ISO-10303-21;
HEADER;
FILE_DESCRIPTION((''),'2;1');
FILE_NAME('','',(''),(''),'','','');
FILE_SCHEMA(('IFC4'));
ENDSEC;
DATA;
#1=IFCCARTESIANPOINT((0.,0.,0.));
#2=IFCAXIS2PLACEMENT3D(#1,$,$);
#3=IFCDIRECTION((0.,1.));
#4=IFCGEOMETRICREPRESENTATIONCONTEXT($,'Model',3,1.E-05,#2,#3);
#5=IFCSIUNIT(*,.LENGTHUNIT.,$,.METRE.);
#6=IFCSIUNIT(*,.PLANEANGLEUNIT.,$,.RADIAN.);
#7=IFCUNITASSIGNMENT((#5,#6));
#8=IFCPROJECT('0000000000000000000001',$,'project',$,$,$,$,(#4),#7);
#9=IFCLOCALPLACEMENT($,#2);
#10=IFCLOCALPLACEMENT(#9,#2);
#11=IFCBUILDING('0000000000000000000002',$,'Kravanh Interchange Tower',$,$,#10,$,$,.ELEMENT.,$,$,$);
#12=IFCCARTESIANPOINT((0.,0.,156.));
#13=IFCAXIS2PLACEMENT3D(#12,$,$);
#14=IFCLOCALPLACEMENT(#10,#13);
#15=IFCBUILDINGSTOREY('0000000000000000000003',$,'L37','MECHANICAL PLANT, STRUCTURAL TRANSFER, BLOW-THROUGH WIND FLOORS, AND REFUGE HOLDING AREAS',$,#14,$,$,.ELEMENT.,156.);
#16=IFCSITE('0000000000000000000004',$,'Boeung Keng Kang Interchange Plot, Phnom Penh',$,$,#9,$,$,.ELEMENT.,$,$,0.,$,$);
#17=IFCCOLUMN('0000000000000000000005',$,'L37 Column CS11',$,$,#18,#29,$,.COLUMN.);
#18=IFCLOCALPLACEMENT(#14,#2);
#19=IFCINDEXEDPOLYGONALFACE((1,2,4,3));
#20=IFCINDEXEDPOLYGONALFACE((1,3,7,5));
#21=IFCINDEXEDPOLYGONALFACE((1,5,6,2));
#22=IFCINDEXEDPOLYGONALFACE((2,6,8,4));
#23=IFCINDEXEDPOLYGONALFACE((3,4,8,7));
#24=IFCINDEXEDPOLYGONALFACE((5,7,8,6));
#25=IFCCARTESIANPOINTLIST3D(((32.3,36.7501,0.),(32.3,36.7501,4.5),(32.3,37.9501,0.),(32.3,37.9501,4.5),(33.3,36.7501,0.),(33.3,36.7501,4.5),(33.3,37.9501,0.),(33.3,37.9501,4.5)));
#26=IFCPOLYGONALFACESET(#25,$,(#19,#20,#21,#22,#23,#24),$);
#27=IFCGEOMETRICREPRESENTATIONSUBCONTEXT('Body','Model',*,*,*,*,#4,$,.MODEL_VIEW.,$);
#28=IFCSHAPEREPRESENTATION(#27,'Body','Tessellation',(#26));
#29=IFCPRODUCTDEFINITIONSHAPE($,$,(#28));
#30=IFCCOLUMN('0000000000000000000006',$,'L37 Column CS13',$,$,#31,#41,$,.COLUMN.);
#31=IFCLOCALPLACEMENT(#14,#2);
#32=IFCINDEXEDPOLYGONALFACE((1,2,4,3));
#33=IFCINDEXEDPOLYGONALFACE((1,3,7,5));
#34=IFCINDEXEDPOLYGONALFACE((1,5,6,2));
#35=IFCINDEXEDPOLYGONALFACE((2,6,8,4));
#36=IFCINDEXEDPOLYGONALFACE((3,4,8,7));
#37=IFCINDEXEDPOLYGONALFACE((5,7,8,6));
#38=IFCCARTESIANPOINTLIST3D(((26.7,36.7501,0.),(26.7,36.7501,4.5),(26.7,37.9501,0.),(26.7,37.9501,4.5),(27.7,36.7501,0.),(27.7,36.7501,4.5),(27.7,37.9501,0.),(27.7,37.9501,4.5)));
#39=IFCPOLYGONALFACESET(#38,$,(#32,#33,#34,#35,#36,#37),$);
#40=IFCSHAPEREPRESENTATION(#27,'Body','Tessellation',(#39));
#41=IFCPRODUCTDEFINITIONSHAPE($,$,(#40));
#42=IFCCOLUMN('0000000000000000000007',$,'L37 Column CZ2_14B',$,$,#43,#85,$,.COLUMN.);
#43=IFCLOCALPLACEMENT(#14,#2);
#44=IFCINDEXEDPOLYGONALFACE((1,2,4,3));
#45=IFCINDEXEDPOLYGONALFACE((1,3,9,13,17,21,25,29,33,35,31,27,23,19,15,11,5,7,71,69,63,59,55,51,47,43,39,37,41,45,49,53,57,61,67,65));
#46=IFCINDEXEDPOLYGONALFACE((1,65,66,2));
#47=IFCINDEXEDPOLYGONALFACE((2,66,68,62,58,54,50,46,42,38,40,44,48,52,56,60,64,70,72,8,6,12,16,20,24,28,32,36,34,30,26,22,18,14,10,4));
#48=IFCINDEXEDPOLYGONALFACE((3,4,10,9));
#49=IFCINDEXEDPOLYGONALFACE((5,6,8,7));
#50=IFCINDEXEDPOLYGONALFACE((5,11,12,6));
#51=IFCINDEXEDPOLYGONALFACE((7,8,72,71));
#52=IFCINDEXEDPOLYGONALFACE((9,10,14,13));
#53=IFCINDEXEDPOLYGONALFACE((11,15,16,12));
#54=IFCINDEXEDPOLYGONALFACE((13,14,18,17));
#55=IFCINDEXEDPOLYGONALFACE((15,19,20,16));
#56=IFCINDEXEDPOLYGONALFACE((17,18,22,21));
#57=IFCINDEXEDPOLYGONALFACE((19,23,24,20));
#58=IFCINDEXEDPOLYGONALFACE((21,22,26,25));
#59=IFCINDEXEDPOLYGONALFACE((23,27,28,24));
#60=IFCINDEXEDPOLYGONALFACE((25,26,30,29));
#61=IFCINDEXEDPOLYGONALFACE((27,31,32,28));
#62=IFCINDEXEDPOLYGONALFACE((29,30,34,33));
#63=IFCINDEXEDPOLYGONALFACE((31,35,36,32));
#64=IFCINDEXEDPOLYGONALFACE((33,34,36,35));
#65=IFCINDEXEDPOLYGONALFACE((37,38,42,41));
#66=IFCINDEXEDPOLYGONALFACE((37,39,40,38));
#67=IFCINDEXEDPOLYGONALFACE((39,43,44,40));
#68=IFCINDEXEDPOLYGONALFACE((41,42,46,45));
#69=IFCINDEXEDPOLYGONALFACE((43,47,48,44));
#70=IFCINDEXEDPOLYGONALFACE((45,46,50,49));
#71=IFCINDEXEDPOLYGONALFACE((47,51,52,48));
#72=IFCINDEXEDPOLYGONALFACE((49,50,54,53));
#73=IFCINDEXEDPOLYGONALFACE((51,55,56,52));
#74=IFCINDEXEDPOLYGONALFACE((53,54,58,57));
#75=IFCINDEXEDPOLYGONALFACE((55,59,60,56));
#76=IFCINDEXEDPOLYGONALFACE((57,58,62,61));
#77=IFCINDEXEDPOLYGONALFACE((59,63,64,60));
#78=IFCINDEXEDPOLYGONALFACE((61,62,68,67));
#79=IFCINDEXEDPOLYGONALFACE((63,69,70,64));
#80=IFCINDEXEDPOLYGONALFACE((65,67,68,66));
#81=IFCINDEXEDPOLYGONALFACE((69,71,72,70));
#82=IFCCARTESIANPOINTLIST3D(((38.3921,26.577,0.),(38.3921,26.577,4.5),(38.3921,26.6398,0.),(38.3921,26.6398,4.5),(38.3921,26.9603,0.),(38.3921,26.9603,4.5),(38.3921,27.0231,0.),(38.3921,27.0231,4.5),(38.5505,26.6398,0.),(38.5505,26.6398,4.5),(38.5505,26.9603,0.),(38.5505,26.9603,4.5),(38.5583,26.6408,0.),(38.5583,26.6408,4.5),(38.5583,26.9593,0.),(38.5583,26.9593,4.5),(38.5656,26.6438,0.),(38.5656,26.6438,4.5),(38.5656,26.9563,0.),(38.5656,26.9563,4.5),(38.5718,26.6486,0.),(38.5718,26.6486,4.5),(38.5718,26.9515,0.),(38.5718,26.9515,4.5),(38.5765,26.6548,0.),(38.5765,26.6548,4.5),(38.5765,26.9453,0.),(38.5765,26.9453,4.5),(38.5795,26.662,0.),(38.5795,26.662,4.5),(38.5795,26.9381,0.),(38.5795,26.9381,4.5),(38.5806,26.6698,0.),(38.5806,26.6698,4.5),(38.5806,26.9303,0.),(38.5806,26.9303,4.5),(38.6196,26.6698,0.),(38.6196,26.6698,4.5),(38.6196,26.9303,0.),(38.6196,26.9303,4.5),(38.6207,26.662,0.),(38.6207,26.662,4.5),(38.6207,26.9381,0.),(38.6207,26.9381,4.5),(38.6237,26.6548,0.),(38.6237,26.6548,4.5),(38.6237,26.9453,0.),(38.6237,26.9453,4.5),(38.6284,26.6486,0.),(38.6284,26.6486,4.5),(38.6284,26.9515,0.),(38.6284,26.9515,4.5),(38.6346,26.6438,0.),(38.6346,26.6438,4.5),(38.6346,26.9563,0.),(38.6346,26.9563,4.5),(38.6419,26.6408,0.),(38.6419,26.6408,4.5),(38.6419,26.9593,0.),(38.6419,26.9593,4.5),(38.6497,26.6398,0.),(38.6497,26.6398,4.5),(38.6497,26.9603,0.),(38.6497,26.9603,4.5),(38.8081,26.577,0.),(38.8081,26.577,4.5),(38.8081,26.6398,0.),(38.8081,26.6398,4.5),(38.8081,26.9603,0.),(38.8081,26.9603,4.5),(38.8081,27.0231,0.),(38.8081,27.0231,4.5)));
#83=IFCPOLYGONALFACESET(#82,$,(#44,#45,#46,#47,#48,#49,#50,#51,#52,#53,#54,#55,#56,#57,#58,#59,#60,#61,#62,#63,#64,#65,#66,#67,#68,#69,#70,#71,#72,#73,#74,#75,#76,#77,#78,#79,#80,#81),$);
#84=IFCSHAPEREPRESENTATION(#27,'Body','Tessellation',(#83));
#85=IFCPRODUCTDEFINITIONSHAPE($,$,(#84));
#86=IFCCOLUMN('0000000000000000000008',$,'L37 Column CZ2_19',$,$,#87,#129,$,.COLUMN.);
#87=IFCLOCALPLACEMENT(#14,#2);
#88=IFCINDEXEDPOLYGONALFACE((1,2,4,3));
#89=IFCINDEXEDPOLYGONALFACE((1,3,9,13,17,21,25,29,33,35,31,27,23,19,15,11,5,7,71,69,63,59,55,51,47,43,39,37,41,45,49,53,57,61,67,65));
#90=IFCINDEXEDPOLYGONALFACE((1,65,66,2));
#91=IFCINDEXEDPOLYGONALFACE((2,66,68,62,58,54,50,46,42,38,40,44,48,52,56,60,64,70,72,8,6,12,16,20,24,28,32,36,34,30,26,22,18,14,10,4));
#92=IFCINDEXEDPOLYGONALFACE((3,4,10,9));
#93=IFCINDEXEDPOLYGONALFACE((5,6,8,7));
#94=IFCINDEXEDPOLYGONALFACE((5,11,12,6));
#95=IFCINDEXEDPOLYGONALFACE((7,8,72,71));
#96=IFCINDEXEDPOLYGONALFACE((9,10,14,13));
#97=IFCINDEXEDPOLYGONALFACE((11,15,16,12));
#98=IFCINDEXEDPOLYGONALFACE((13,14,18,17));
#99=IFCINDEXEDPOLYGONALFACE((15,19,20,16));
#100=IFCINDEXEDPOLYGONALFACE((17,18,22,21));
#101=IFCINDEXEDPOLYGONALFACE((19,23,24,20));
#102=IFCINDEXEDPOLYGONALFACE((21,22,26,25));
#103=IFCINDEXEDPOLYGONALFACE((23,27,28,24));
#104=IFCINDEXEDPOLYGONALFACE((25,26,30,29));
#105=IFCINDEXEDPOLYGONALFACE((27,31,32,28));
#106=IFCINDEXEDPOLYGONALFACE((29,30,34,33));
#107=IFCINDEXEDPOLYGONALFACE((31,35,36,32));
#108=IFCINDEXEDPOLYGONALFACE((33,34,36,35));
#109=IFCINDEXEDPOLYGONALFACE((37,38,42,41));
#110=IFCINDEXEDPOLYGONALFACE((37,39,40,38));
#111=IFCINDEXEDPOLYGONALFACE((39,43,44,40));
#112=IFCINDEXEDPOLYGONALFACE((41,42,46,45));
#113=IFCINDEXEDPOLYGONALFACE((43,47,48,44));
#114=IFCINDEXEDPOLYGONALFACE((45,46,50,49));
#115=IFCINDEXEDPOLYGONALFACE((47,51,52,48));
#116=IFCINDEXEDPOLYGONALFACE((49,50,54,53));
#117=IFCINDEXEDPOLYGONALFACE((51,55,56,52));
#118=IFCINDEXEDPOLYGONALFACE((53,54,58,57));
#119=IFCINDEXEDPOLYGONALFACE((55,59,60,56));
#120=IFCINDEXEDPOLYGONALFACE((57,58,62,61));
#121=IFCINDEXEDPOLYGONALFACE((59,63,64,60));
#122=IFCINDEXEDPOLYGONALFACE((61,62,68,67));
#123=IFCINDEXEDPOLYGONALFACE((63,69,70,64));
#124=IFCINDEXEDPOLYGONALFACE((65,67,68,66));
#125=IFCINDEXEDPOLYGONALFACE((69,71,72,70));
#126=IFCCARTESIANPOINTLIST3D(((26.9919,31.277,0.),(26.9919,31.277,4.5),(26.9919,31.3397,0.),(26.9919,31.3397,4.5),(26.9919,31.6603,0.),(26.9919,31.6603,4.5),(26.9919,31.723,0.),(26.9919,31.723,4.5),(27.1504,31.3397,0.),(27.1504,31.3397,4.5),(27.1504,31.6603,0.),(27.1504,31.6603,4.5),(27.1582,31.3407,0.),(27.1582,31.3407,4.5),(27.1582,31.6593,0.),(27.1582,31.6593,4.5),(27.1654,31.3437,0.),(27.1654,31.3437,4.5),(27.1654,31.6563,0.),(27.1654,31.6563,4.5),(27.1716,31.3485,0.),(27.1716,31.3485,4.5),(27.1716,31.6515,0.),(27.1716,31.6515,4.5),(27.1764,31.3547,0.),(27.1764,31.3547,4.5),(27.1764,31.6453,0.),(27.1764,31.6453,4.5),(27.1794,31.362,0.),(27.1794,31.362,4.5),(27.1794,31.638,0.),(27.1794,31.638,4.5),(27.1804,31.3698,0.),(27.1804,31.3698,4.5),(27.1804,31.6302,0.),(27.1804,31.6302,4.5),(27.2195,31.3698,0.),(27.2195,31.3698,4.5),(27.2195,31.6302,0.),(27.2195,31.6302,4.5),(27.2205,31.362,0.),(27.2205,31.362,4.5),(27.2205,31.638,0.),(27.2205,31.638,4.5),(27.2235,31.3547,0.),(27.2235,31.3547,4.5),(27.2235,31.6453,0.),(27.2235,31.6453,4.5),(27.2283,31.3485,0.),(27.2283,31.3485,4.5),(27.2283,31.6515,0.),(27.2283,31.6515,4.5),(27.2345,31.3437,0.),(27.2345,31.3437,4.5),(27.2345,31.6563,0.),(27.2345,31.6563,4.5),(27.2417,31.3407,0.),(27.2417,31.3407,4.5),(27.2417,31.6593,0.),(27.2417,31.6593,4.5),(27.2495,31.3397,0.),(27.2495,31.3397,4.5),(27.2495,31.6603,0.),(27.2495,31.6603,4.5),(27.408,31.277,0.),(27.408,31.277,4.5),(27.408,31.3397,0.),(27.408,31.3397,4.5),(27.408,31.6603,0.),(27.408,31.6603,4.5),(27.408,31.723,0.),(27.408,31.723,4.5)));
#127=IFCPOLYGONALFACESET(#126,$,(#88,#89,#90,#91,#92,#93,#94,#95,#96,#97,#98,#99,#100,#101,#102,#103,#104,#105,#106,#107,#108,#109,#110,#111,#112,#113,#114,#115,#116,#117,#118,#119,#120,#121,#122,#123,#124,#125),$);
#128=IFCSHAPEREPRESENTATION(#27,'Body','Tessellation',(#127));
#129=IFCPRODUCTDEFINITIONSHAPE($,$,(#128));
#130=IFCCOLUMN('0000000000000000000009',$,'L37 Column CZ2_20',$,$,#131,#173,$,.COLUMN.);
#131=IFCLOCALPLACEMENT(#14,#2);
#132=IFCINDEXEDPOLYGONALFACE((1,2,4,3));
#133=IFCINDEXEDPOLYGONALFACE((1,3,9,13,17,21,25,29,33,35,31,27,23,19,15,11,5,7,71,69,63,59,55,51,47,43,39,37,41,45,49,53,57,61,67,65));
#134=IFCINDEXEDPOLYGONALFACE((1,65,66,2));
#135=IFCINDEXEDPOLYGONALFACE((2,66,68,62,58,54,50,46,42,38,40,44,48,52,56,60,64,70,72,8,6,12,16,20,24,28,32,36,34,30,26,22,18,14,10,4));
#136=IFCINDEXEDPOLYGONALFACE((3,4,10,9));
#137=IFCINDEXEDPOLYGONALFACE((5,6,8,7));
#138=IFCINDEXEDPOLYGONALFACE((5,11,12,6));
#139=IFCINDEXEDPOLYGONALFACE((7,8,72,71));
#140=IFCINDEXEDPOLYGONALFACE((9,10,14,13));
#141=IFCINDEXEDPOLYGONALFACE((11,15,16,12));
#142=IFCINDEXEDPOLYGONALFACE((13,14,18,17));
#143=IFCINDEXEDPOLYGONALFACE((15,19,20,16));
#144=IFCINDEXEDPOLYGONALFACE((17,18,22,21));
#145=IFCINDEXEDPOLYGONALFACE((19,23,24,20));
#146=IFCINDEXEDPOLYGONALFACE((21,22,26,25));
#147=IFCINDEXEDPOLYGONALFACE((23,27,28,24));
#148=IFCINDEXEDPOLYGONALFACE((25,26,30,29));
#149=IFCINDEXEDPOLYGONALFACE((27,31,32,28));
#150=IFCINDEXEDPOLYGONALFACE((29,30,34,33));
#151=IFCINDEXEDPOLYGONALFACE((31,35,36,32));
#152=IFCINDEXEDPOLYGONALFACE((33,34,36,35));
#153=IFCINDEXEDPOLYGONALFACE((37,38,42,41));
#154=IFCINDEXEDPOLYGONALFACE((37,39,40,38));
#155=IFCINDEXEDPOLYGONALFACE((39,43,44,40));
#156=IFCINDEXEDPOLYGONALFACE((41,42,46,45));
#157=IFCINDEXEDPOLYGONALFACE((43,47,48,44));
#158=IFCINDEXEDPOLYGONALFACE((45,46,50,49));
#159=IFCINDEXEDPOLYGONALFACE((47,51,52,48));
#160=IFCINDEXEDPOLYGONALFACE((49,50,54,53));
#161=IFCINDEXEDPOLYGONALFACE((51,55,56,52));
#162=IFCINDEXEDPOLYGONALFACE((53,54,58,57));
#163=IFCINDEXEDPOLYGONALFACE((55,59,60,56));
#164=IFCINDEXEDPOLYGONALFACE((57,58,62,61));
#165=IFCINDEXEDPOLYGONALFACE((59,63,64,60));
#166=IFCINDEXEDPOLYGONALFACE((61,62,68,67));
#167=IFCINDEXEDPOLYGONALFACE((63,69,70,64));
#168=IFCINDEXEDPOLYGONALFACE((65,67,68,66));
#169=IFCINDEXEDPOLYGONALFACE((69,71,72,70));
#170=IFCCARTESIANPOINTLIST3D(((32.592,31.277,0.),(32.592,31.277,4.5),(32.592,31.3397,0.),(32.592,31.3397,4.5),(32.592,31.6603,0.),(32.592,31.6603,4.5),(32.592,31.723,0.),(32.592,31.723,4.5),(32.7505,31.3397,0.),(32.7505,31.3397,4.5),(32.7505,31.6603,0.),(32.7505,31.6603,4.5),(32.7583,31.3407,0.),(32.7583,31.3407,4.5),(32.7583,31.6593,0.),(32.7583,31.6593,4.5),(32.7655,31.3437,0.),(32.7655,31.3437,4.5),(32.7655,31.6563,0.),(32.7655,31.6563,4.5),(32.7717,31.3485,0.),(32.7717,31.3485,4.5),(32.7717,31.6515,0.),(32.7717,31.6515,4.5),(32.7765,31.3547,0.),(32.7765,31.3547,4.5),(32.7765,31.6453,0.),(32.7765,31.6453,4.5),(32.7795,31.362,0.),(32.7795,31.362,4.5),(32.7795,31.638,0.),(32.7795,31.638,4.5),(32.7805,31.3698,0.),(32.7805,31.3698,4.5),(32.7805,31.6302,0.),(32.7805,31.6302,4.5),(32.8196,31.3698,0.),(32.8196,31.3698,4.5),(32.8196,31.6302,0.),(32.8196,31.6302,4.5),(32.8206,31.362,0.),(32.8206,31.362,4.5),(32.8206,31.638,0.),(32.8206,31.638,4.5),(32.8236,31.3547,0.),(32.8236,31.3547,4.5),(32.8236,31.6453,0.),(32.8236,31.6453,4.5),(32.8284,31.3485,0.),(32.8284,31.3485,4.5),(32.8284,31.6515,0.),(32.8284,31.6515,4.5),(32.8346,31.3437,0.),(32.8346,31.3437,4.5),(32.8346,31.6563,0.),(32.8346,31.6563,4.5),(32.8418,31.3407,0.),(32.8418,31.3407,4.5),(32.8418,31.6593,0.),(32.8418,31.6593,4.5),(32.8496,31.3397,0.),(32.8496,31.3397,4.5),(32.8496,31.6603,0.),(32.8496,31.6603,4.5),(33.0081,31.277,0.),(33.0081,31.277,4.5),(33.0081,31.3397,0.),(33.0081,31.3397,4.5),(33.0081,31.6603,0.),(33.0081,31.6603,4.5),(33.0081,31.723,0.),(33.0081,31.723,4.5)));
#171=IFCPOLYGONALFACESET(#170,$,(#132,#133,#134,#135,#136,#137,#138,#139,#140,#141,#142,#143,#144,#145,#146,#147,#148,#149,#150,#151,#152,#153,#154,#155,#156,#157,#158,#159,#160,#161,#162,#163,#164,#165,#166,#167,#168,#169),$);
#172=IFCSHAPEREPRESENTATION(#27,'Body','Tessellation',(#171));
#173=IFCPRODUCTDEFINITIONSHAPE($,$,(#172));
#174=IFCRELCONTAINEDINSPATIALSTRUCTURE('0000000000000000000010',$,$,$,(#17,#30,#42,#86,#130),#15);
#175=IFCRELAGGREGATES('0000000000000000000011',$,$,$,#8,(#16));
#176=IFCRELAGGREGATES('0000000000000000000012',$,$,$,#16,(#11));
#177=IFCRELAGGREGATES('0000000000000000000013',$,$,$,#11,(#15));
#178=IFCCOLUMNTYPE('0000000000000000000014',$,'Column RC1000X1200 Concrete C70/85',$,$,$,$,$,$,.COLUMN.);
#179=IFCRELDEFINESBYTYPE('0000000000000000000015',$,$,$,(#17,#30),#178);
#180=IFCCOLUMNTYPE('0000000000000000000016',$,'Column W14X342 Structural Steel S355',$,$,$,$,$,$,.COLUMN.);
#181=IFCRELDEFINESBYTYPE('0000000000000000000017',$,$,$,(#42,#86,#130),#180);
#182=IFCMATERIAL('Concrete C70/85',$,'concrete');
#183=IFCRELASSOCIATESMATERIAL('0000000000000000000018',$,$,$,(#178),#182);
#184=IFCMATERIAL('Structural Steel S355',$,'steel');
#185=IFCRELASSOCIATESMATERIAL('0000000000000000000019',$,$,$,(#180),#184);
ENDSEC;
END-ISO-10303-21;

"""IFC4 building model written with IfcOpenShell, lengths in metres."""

from ifc_helpers import new_model, si_unit, direction, frame, origin, origin_2d, place, context, subcontext, project, spatial, rectangle, i_section, extrude, material, material_profile, profile_set, type_object, element, save


model = new_model("IFC4")

# Units and contexts
model_context = context("Model", 3, precision=1e-05, world=origin(), true_north=direction((0.0, 1.0)))
body_context = subcontext(model_context, "Body", "Model", "MODEL_VIEW")
ifc_project = project(units=[si_unit("LENGTHUNIT", "METRE"), si_unit("PLANEANGLEUNIT", "RADIAN")], contexts=[model_context])

# Site, building, storey
site_placement = place(None, origin())
site = spatial("IfcSite", under=ifc_project, at=site_placement, Name="Boeung Keng Kang Interchange Plot, Phnom Penh", CompositionType="ELEMENT", RefElevation=0.0)
building_placement = place(site_placement, origin())
building = spatial("IfcBuilding", under=site, at=building_placement, Name="Kravanh Interchange Tower", CompositionType="ELEMENT")
storey_placement = place(building_placement, frame((0.0, 0.0, 156.0)))
storey = spatial("IfcBuildingStorey", under=building, at=storey_placement, Name="L37", Description="MECHANICAL PLANT, STRUCTURAL TRANSFER, BLOW-THROUGH WIND FLOORS, AND REFUGE HOLDING AREAS", CompositionType="ELEMENT", Elevation=156.0)

# Columns
ifc_material_1 = material(Name="Concrete C70/85", Category="concrete")
ifc_material_profile_1 = material_profile(ifc_material_1, rectangle(XDim=1.0, YDim=1.2, at=origin_2d()), Name="RC1000X1200")
ifc_profile_set_1 = profile_set([ifc_material_profile_1], Name="Concrete C70/85")
column_type_1 = type_object("IfcColumnType", Name="Column RC1000X1200 Concrete C70/85", PredefinedType="COLUMN", material=ifc_profile_set_1)
for number, where, z_axis, x_axis, name in (
    (1, (32.8, 37.3501, 0.0), (0.0, 0.0, 1.0), (1.0, 0.0, 0.0), "L37 Column CS11"),
    (2, (27.2, 37.3501, 0.0), (0.0, 0.0, 1.0), (1.0, 0.0, 0.0), "L37 Column CS13"),
):
    element("IfcColumn", number, at=place(storey_placement, frame(where, z_axis=z_axis, x_axis=x_axis)), inside=storey, type_object=column_type_1, Name=name, PredefinedType="COLUMN", context=body_context, shape_type="SweptSolid", body=[
        extrude(rectangle(XDim=1.0, YDim=1.2, at=origin_2d()), origin(), (0.0, 0.0, 1.0), 4.5),
    ])
ifc_material_2 = material(Name="Structural Steel S355", Category="steel")
ifc_material_profile_2 = material_profile(ifc_material_2, i_section(OverallWidth=0.416, OverallDepth=0.446, WebThickness=0.0391, FlangeThickness=0.0627, FilletRadius=0.03, at=origin_2d()), Name="W14X342")
ifc_profile_set_2 = profile_set([ifc_material_profile_2], Name="Structural Steel S355")
column_type_2 = type_object("IfcColumnType", Name="Column W14X342 Structural Steel S355", PredefinedType="COLUMN", material=ifc_profile_set_2)
for number, where, z_axis, x_axis, name in (
    (3, (38.6001, 26.8, 0.0), (0.0, 0.0, 1.0), (1.0, 0.0, 0.0), "L37 Column CZ2_14B"),
    (4, (27.2, 31.5, 0.0), (0.0, 0.0, 1.0), (1.0, 0.0, 0.0), "L37 Column CZ2_19"),
    (5, (32.8, 31.5, 0.0), (0.0, 0.0, 1.0), (1.0, 0.0, 0.0), "L37 Column CZ2_20"),
):
    element("IfcColumn", number, at=place(storey_placement, frame(where, z_axis=z_axis, x_axis=x_axis)), inside=storey, type_object=column_type_2, Name=name, PredefinedType="COLUMN", context=body_context, shape_type="SweptSolid", body=[
        extrude(i_section(OverallWidth=0.416, OverallDepth=0.446, WebThickness=0.0391, FlangeThickness=0.0627, FilletRadius=0.03, at=origin_2d()), origin(), (0.0, 0.0, 1.0), 4.5),
    ])

save(model, "model.ifc")
